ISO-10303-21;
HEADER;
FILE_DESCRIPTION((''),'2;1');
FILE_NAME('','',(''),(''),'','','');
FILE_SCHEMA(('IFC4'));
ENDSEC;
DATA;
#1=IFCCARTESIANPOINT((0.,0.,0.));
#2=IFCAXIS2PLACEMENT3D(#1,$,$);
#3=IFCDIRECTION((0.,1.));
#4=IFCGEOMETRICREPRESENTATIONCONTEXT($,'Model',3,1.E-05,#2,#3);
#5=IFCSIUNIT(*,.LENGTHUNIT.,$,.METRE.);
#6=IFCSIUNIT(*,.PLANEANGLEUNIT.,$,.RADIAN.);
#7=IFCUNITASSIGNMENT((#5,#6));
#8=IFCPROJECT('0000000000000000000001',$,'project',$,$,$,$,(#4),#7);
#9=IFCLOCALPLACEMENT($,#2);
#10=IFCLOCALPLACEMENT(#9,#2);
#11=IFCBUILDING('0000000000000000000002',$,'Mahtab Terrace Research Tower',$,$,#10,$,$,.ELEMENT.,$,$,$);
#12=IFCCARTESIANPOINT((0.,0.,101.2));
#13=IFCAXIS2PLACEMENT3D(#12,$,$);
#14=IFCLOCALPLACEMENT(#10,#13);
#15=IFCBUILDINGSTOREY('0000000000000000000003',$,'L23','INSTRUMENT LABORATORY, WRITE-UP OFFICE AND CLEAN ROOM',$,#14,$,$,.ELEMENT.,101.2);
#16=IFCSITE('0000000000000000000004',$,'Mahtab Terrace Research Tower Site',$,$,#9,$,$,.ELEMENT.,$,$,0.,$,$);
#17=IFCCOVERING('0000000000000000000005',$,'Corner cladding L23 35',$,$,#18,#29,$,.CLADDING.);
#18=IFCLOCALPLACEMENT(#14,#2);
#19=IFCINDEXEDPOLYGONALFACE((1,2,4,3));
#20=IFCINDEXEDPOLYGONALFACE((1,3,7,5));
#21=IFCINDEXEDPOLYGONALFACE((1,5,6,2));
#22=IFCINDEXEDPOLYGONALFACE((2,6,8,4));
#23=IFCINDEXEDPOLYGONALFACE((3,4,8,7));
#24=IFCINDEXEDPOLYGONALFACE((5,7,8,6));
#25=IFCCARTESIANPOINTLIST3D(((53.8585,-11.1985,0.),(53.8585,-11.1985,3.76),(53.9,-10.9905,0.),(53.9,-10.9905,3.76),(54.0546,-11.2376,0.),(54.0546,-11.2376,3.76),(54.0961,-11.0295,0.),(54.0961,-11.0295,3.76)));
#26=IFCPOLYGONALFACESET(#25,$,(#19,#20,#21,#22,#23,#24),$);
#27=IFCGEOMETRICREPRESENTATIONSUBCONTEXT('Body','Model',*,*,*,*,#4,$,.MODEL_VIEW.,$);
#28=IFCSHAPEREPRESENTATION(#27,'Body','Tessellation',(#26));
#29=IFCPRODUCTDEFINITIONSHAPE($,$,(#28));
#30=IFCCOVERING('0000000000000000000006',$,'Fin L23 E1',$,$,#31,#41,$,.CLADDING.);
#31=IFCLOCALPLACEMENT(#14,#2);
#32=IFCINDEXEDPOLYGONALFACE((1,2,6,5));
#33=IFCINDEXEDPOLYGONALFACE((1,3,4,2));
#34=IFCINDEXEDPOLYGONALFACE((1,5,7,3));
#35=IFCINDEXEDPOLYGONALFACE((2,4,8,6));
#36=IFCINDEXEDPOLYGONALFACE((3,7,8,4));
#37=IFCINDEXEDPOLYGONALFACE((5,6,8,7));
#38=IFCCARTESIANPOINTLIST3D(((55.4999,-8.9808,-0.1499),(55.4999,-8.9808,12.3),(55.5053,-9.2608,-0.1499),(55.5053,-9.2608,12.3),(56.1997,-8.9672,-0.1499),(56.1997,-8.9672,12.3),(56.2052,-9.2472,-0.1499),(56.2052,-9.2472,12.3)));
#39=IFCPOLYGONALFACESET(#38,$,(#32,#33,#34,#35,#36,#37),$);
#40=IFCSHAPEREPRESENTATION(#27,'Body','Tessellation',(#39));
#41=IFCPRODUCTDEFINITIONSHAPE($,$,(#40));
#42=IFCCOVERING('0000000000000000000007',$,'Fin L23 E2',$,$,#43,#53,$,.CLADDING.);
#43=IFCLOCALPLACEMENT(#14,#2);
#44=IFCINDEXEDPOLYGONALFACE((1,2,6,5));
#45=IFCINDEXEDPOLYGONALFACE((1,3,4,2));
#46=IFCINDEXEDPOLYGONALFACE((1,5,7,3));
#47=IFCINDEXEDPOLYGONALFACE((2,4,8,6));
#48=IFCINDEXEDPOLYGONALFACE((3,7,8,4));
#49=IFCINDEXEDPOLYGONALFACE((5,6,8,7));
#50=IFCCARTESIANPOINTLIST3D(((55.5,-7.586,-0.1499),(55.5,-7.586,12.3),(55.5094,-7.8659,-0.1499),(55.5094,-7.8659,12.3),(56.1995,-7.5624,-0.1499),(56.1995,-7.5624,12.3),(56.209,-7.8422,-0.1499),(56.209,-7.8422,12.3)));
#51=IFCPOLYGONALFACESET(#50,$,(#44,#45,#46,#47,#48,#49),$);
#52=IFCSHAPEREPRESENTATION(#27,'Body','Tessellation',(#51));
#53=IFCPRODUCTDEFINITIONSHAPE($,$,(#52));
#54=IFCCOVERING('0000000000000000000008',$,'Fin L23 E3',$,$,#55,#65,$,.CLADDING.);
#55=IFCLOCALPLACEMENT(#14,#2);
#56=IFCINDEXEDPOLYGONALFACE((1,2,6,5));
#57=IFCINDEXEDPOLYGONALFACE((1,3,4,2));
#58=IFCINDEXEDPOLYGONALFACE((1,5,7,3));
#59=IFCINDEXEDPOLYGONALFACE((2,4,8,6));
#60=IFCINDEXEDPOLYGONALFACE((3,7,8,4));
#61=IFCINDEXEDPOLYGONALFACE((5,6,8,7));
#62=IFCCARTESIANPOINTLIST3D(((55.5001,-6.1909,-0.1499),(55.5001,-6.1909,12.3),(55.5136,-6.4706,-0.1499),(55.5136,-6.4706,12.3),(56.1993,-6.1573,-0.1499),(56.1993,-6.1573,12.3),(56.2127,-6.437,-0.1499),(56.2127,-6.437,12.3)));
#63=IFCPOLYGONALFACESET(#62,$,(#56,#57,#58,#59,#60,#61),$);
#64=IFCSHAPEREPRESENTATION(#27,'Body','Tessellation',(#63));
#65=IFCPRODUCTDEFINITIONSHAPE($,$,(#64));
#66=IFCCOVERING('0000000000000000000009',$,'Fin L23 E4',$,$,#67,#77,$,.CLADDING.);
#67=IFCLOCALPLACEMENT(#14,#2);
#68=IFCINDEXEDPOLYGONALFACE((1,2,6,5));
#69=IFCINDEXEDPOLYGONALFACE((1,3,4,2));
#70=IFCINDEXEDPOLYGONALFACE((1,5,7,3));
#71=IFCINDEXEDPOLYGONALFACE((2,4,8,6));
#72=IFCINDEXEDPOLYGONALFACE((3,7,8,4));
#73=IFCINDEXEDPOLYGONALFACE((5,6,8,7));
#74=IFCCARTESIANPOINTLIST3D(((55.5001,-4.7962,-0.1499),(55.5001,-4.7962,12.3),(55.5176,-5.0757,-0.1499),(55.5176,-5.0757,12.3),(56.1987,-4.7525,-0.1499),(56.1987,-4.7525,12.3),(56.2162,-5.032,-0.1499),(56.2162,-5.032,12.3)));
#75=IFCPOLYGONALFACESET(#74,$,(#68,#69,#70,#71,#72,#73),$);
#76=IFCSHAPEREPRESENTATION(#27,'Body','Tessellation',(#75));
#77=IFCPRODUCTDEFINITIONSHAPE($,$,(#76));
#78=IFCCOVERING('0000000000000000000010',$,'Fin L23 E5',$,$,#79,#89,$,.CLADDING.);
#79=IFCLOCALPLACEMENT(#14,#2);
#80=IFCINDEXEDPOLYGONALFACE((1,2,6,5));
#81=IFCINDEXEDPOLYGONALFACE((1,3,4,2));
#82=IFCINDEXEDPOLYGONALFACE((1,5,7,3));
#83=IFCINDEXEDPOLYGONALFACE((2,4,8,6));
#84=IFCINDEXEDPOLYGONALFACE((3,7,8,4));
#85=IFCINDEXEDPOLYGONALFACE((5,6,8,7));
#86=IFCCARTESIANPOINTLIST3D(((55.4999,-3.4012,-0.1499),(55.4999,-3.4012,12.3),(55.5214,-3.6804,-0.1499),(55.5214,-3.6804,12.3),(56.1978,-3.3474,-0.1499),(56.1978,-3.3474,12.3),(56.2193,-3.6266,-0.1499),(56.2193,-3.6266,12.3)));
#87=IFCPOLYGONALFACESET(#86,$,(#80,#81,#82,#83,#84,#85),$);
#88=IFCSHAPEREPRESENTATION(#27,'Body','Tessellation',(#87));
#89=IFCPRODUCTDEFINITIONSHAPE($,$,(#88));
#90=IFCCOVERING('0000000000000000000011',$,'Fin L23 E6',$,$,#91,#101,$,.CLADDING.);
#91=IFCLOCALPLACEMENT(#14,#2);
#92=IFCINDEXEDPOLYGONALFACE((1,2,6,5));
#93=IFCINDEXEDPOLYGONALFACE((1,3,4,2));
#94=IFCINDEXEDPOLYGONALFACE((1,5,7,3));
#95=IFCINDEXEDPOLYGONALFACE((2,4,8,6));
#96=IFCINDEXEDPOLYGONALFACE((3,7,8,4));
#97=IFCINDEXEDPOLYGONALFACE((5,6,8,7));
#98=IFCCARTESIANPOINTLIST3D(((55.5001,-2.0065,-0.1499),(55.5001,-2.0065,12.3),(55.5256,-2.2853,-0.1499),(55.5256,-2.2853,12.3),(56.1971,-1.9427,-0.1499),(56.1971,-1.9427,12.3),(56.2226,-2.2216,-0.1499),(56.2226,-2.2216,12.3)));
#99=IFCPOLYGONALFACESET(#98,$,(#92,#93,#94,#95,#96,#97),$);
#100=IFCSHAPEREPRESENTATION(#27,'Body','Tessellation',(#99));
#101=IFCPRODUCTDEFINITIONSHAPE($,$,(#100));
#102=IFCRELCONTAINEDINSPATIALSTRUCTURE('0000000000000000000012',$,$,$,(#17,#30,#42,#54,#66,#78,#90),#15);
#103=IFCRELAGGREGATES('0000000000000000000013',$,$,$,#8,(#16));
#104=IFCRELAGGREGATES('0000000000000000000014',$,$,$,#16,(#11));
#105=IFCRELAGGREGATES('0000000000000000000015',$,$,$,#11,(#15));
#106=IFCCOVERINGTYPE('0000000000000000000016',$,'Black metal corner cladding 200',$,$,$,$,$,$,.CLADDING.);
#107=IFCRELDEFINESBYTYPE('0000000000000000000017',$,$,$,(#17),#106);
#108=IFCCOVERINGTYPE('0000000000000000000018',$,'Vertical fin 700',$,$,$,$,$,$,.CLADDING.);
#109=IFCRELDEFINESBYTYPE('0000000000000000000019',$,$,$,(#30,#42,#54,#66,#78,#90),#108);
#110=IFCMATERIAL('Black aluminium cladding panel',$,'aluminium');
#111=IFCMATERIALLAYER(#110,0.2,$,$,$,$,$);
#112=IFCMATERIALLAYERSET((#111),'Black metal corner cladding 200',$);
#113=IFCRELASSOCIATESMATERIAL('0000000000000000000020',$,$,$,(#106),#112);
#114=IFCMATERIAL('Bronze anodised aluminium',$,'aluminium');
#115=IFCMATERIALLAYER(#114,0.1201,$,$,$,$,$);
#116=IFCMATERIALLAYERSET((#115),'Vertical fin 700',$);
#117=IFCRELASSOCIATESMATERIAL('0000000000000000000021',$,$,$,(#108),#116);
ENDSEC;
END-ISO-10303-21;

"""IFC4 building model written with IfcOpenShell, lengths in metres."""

from ifc_helpers import new_model, si_unit, direction, frame, origin, origin_2d, place, context, subcontext, project, spatial, rectangle, extrude, material, layer, layer_set, type_object, element, save


model = new_model("IFC4")

# Units and contexts
model_context = context("Model", 3, precision=1e-05, world=origin(), true_north=direction((0.0, 1.0)))
body_context = subcontext(model_context, "Body", "Model", "MODEL_VIEW")
ifc_project = project(units=[si_unit("LENGTHUNIT", "METRE"), si_unit("PLANEANGLEUNIT", "RADIAN")], contexts=[model_context])

# Site, building, storey
site_placement = place(None, origin())
site = spatial("IfcSite", under=ifc_project, at=site_placement, Name="Mahtab Terrace Research Tower Site", CompositionType="ELEMENT", RefElevation=0.0)
building_placement = place(site_placement, origin())
building = spatial("IfcBuilding", under=site, at=building_placement, Name="Mahtab Terrace Research Tower", CompositionType="ELEMENT")
storey_placement = place(building_placement, frame((0.0, 0.0, 101.2)))
storey = spatial("IfcBuildingStorey", under=building, at=storey_placement, Name="L23", Description="INSTRUMENT LABORATORY, WRITE-UP OFFICE AND CLEAN ROOM", CompositionType="ELEMENT", Elevation=101.2)

# Shared definitions
ifc_material_1 = material(Name="Black aluminium cladding panel", Category="aluminium")

# Coverings
ifc_layer_1 = layer(ifc_material_1, 0.2)
ifc_layer_set_1 = layer_set([ifc_layer_1], Name="Black metal corner cladding 200")
covering_type_1 = type_object("IfcCoveringType", Name="Black metal corner cladding 200", PredefinedType="CLADDING", material=ifc_layer_set_1)
covering_1_placement = place(storey_placement, frame((53.9773, -11.114, 0.0), z_axis=(0.0, 0.0, 1.0), x_axis=(0.195212, 0.980761, 0.0)))
element("IfcCovering", 1, at=covering_1_placement, inside=storey, type_object=covering_type_1, Name="Corner cladding L23 35", PredefinedType="CLADDING", context=body_context, shape_type="SweptSolid", body=[
    extrude(rectangle(XDim=0.2122, YDim=0.2, at=origin_2d()), origin(), (0.0, 0.0, 1.0), 3.76),
])
ifc_material_2 = material(Name="Bronze anodised aluminium", Category="aluminium")
ifc_layer_2 = layer(ifc_material_2, 0.1201)
ifc_layer_set_2 = layer_set([ifc_layer_2], Name="Vertical fin 700")
covering_type_2 = type_object("IfcCoveringType", Name="Vertical fin 700", PredefinedType="CLADDING", material=ifc_layer_set_2)
for number, where, z_axis, x_axis, name in (
    (2, (55.8525, -9.114, -0.1499), (0.0, 0.0, 1.0), (-0.019362, 0.999813, 0.0), "Fin L23 E1"),
    (3, (55.8545, -7.7141, -0.1499), (0.0, 0.0, 1.0), (-0.03373, 0.999431, 0.0), "Fin L23 E2"),
    (4, (55.8564, -6.314, -0.1499), (0.0, 0.0, 1.0), (-0.048091, 0.998843, 0.0), "Fin L23 E3"),
    (5, (55.8582, -4.9141, -0.1499), (0.0, 0.0, 1.0), (-0.062442, 0.998049, 0.0), "Fin L23 E4"),
    (6, (55.8596, -3.5139, -0.1499), (0.0, 0.0, 1.0), (-0.07678, 0.997048, 0.0), "Fin L23 E5"),
    (7, (55.8613, -2.114, -0.1499), (0.0, 0.0, 1.0), (-0.091103, 0.995841, 0.0), "Fin L23 E6"),
):
    element("IfcCovering", number, at=place(storey_placement, frame(where, z_axis=z_axis, x_axis=x_axis)), inside=storey, type_object=covering_type_2, Name=name, PredefinedType="CLADDING", context=body_context, shape_type="SweptSolid", body=[
        extrude(rectangle(XDim=0.28, YDim=0.7, at=origin_2d()), origin(), (0.0, 0.0, 1.0), 12.45),
    ])

save(model, "model.ifc")
